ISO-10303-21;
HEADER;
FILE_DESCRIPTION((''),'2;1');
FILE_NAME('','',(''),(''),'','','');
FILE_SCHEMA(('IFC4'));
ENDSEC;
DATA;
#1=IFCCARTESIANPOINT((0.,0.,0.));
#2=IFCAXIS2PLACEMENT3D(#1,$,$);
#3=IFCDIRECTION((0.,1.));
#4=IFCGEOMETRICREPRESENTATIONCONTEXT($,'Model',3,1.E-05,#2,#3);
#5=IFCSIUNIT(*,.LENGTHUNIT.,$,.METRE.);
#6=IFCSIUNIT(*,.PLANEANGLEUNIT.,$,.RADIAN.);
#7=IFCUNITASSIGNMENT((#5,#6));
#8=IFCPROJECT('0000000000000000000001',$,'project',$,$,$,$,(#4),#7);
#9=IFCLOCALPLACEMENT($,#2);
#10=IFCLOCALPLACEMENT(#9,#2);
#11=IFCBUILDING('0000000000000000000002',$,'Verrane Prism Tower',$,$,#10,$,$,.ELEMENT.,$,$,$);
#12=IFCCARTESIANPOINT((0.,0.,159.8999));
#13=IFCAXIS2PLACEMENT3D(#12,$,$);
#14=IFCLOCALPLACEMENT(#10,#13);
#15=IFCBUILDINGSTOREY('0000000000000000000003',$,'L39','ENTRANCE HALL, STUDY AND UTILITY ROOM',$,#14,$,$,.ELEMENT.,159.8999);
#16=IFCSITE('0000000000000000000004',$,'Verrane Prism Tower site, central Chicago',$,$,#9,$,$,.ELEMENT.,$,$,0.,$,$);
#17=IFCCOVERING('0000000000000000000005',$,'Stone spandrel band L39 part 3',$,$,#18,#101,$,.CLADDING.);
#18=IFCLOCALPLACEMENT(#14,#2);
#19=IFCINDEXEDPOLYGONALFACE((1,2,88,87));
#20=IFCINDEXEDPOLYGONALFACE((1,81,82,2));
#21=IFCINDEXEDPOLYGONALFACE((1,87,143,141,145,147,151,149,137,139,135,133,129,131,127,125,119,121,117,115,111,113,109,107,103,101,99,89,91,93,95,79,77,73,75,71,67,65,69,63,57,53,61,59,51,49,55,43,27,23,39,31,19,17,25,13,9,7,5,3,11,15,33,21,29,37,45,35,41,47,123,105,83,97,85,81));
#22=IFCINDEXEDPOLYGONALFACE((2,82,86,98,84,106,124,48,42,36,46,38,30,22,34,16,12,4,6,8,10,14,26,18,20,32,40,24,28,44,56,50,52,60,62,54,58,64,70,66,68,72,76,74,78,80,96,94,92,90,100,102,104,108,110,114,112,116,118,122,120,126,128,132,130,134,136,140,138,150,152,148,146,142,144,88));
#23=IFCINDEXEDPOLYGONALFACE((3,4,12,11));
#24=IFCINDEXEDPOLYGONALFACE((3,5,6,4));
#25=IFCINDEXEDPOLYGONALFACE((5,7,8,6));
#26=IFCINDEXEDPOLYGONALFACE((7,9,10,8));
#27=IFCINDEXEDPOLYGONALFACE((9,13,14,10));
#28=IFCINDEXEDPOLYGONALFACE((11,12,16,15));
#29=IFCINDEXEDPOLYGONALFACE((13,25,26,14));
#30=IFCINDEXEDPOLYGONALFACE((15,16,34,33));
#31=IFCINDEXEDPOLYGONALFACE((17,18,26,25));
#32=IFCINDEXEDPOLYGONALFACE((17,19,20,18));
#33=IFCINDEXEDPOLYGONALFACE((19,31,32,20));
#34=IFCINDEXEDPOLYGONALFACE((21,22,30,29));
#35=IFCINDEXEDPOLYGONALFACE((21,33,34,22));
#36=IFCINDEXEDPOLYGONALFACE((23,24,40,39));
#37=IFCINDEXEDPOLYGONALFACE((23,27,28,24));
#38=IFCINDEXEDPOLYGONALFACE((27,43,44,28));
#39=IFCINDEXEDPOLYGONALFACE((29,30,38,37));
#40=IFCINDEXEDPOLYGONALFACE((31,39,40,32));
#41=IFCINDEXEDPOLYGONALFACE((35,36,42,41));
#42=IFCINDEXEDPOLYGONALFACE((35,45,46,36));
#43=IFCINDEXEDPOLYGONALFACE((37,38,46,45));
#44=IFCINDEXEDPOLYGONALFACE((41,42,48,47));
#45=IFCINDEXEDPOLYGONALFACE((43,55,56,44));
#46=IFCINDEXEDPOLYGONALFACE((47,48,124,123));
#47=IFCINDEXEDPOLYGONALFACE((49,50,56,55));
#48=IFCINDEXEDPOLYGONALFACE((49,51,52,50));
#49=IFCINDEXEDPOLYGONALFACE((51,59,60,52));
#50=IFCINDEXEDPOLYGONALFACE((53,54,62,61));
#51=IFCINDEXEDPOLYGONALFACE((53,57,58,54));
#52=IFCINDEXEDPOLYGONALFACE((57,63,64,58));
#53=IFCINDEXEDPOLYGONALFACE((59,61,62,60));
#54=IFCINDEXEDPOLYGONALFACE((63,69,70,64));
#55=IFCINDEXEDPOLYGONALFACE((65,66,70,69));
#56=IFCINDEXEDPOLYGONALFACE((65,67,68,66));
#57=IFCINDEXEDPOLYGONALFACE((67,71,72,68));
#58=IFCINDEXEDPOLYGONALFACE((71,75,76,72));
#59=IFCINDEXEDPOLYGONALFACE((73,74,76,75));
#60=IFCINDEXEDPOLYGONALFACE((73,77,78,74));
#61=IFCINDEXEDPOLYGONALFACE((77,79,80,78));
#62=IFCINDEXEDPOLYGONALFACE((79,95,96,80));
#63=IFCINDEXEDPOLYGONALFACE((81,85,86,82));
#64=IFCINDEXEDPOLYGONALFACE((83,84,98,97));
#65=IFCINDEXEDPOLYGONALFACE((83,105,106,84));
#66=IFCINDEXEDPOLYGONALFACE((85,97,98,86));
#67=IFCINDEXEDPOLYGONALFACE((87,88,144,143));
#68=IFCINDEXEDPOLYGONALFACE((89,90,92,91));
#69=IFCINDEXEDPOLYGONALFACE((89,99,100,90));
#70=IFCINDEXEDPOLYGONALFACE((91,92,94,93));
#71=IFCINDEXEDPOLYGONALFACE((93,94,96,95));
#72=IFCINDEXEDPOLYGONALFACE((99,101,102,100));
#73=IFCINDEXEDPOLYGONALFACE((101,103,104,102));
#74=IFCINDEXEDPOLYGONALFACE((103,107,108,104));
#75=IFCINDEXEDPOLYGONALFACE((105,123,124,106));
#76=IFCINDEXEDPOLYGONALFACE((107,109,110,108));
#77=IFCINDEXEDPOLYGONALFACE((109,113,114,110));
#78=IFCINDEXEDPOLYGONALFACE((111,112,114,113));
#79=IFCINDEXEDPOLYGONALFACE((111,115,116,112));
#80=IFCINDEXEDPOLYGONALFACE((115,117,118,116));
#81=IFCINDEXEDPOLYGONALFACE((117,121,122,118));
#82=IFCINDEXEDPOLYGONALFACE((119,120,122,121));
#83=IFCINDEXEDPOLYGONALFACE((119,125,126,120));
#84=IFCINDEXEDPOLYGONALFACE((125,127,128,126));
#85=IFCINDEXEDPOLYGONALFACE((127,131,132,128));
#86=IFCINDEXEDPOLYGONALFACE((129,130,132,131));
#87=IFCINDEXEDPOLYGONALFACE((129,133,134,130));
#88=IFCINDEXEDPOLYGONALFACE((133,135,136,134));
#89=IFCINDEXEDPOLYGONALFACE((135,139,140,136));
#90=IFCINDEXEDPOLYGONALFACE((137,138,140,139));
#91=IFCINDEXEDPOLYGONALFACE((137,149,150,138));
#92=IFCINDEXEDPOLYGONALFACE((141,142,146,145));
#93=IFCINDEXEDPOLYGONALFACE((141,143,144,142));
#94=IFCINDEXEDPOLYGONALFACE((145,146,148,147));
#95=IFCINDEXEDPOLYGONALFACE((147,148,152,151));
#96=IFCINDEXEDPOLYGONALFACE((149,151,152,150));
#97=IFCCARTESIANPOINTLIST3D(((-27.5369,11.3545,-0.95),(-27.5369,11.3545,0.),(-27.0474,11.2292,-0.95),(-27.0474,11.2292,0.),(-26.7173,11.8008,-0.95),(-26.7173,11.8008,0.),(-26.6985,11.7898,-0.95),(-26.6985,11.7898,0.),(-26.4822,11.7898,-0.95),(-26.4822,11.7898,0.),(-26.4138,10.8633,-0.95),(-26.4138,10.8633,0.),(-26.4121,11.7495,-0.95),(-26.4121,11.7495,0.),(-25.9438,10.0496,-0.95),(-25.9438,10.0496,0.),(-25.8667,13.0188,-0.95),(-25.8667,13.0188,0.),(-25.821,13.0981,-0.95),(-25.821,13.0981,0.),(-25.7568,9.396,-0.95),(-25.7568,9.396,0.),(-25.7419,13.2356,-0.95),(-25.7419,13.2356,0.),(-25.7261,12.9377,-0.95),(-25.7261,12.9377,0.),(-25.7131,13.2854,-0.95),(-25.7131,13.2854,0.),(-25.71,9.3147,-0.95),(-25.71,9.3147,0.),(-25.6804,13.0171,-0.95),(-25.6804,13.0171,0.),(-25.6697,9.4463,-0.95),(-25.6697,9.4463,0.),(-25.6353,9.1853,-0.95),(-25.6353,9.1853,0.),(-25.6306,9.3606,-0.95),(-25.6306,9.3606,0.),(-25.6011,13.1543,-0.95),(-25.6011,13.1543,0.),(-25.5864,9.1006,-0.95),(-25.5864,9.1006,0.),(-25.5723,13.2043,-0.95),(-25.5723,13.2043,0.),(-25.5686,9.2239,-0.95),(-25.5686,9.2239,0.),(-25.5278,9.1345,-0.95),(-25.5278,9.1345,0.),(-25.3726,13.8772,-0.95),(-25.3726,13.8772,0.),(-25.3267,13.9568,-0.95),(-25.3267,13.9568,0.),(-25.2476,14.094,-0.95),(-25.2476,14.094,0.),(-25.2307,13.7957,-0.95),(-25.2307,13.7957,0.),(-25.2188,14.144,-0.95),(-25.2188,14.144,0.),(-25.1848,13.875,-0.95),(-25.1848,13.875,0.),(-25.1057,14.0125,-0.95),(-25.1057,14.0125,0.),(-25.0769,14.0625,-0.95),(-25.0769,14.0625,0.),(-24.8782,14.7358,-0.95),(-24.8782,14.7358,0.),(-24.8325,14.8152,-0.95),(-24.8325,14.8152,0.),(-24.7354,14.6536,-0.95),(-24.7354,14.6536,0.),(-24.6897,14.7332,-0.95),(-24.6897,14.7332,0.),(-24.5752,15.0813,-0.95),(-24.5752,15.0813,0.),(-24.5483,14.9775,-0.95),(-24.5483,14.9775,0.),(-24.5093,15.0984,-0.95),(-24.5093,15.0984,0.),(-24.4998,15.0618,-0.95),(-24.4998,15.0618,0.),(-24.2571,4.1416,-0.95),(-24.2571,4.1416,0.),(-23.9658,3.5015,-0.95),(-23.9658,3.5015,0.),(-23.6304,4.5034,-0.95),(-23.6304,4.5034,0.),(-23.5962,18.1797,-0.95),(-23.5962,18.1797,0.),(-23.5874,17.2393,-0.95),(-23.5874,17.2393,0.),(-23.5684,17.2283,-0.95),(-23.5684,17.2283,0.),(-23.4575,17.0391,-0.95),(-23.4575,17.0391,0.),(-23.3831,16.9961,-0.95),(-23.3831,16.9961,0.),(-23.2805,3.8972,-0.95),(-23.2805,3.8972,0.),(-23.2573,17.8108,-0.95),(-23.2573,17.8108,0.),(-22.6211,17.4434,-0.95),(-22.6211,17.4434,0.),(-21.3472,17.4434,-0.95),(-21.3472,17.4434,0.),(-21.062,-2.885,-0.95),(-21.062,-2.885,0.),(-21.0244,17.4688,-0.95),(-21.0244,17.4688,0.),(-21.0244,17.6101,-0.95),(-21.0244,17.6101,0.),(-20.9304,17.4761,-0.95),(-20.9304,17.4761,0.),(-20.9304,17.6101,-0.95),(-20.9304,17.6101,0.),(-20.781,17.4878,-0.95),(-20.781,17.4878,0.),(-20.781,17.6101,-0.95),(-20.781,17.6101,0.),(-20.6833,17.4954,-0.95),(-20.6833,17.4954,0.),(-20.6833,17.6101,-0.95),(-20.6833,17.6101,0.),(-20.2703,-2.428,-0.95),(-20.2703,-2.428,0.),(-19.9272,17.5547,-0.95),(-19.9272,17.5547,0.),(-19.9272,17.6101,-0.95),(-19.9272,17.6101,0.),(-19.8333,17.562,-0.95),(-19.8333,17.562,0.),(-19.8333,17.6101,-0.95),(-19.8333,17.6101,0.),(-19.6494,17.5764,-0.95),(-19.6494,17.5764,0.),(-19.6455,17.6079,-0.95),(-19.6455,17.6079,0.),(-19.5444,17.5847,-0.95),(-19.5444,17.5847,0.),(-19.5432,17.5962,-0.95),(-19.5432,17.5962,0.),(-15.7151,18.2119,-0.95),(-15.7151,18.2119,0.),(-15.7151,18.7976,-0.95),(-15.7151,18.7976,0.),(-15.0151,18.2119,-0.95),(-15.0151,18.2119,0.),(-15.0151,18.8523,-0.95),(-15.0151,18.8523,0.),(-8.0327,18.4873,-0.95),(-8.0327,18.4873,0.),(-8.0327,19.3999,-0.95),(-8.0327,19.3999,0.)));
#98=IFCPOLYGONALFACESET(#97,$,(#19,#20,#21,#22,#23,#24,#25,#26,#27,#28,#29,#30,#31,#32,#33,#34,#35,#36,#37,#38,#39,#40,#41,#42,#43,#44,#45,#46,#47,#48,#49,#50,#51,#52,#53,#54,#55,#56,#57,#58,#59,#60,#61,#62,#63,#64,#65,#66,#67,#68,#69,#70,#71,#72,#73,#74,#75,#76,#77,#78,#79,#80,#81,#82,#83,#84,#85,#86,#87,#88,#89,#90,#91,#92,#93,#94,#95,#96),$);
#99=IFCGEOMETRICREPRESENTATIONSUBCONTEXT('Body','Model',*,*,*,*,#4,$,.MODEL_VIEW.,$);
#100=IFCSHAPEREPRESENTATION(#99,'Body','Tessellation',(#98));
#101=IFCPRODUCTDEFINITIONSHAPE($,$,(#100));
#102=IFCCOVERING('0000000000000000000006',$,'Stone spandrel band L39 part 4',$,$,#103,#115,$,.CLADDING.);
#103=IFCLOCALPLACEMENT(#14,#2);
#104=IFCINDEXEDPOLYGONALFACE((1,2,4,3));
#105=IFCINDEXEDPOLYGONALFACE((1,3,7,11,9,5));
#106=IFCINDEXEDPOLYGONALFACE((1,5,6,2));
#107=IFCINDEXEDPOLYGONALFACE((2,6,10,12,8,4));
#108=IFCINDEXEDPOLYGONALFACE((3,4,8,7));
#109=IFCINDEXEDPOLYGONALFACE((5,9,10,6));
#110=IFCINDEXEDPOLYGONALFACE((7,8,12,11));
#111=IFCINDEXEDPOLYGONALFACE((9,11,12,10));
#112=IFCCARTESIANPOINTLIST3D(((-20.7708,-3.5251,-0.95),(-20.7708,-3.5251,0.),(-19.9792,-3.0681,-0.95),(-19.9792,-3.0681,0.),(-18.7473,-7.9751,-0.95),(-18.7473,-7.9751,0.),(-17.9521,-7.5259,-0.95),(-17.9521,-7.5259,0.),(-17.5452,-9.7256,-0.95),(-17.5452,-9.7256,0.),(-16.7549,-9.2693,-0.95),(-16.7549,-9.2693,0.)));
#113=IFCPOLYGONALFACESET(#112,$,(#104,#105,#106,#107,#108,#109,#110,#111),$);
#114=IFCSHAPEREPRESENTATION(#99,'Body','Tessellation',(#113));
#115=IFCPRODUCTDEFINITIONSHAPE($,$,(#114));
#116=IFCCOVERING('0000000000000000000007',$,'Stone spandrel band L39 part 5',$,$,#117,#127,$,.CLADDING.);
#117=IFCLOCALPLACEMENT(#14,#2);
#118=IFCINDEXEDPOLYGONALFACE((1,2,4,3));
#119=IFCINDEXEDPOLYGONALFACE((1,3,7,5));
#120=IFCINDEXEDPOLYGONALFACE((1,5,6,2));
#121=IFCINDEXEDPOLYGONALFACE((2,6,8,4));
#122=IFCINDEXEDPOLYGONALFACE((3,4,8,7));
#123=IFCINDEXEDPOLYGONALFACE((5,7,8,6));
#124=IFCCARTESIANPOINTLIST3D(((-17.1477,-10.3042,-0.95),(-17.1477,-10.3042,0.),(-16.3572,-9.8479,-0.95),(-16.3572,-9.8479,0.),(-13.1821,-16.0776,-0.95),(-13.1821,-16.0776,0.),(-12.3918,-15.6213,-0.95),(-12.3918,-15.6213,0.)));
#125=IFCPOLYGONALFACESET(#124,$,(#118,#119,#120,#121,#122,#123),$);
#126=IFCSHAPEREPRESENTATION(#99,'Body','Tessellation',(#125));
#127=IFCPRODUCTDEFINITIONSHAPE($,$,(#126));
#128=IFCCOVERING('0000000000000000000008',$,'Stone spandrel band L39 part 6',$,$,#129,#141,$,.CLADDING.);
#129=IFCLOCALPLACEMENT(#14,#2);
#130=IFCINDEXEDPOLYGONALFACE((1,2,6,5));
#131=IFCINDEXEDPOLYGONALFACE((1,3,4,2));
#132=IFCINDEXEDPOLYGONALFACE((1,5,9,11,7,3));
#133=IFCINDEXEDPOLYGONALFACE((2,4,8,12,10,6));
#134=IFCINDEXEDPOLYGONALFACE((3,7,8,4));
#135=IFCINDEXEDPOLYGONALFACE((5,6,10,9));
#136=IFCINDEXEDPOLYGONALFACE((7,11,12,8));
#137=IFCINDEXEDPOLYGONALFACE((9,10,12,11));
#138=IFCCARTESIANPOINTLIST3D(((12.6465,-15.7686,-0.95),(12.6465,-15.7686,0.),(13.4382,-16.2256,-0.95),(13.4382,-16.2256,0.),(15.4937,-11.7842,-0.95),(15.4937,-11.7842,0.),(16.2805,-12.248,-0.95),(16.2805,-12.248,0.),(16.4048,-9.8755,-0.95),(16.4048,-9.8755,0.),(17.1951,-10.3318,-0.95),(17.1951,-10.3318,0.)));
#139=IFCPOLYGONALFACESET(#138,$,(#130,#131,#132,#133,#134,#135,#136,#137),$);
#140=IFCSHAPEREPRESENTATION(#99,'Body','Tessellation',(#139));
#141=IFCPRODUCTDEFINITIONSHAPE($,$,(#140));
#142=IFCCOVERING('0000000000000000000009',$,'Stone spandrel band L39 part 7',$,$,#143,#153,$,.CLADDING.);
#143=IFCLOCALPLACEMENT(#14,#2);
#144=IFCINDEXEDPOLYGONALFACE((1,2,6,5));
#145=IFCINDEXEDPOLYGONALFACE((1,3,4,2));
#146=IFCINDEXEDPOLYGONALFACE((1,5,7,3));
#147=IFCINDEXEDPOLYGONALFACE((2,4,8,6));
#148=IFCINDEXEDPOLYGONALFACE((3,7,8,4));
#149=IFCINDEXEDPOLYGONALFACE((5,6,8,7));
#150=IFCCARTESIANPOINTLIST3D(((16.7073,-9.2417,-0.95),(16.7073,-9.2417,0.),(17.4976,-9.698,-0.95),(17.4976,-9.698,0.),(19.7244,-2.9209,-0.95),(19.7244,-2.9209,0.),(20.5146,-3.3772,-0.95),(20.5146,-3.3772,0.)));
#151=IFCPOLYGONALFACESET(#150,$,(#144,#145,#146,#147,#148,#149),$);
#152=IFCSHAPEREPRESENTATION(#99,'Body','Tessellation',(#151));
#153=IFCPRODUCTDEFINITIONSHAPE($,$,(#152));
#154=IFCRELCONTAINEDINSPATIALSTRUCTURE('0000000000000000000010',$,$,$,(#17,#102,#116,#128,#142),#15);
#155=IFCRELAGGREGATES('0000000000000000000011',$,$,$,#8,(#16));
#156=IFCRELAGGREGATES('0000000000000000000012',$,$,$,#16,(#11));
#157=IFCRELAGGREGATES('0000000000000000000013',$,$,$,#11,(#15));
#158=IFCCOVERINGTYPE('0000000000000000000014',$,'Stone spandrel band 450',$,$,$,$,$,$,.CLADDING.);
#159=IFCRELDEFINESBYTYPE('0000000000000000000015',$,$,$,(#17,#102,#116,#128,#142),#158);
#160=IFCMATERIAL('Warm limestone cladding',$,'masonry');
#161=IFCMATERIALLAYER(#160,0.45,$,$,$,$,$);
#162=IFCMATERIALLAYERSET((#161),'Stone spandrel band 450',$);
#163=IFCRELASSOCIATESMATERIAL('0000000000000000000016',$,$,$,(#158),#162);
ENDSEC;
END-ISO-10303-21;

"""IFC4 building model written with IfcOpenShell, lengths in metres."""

from ifc_helpers import new_model, si_unit, direction, frame, origin, place, context, subcontext, project, spatial, polyline, outline, extrude, material, layer, layer_set, type_object, element, save


model = new_model("IFC4")

# Units and contexts
model_context = context("Model", 3, precision=1e-05, world=origin(), true_north=direction((0.0, 1.0)))
body_context = subcontext(model_context, "Body", "Model", "MODEL_VIEW")
ifc_project = project(units=[si_unit("LENGTHUNIT", "METRE"), si_unit("PLANEANGLEUNIT", "RADIAN")], contexts=[model_context])

# Site, building, storey
site_placement = place(None, origin())
site = spatial("IfcSite", under=ifc_project, at=site_placement, Name="Verrane Prism Tower site, central Chicago", CompositionType="ELEMENT", RefElevation=0.0)
building_placement = place(site_placement, origin())
building = spatial("IfcBuilding", under=site, at=building_placement, Name="Verrane Prism Tower", CompositionType="ELEMENT")
storey_placement = place(building_placement, frame((0.0, 0.0, 159.8999)))
storey = spatial("IfcBuildingStorey", under=building, at=storey_placement, Name="L39", Description="ENTRANCE HALL, STUDY AND UTILITY ROOM", CompositionType="ELEMENT", Elevation=159.8999)

# Coverings
ifc_material_1 = material(Name="Warm limestone cladding", Category="masonry")
ifc_layer_1 = layer(ifc_material_1, 0.45)
ifc_layer_set_1 = layer_set([ifc_layer_1], Name="Stone spandrel band 450")
covering_type_1 = type_object("IfcCoveringType", Name="Stone spandrel band 450", PredefinedType="CLADDING", material=ifc_layer_set_1)
covering_1_placement = place(storey_placement, frame((0.0, 0.0, -0.95)))
element("IfcCovering", 1, at=covering_1_placement, inside=storey, type_object=covering_type_1, Name="Stone spandrel band L39 part 3", PredefinedType="CLADDING", context=body_context, shape_type="SweptSolid", body=[
    extrude(outline(polyline([(-21.062, -2.885), (-20.2703, -2.428), (-25.5278, 9.1345), (-25.5864, 9.1006), (-25.6353, 9.1853), (-25.5686, 9.2239), (-25.6306, 9.3606), (-25.71, 9.3147), (-25.7568, 9.396), (-25.6697, 9.4463), (-25.9438, 10.0496), (-26.4138, 10.8633), (-27.0474, 11.2292), (-26.7173, 11.8008), (-26.6985, 11.7898), (-26.4822, 11.7898), (-26.4121, 11.7495), (-25.7261, 12.9377), (-25.8667, 13.0188), (-25.821, 13.0981), (-25.6804, 13.0171), (-25.6011, 13.1543), (-25.7419, 13.2356), (-25.7131, 13.2854), (-25.5723, 13.2043), (-25.2307, 13.7957), (-25.3726, 13.8772), (-25.3267, 13.9568), (-25.1848, 13.875), (-25.1057, 14.0125), (-25.2476, 14.094), (-25.2188, 14.144), (-25.0769, 14.0625), (-24.7354, 14.6536), (-24.8782, 14.7358), (-24.8325, 14.8152), (-24.6897, 14.7332), (-24.5483, 14.9775), (-24.5752, 15.0813), (-24.5093, 15.0984), (-24.4998, 15.0618), (-23.3831, 16.9961), (-23.4575, 17.0391), (-23.5684, 17.2283), (-23.5874, 17.2393), (-23.2573, 17.8108), (-22.6211, 17.4434), (-21.3472, 17.4434), (-21.0244, 17.4688), (-21.0244, 17.6101), (-20.9304, 17.6101), (-20.9304, 17.4761), (-20.781, 17.4878), (-20.781, 17.6101), (-20.6833, 17.6101), (-20.6833, 17.4954), (-19.9272, 17.5547), (-19.9272, 17.6101), (-19.8333, 17.6101), (-19.8333, 17.562), (-19.6494, 17.5764), (-19.6455, 17.6079), (-19.5432, 17.5962), (-19.5444, 17.5847), (-8.0327, 18.4873), (-8.0327, 19.3999), (-15.0151, 18.8523), (-15.0151, 18.2119), (-15.7151, 18.2119), (-15.7151, 18.7976), (-23.5962, 18.1797), (-27.5369, 11.3545), (-24.2571, 4.1416), (-23.6304, 4.5034), (-23.2805, 3.8972), (-23.9658, 3.5015), (-21.062, -2.885)])), origin(), (0.0, 0.0, 1.0), 0.95),
])
covering_2_placement = place(storey_placement, frame((0.0, 0.0, -0.95)))
element("IfcCovering", 2, at=covering_2_placement, inside=storey, type_object=covering_type_1, Name="Stone spandrel band L39 part 4", PredefinedType="CLADDING", context=body_context, shape_type="SweptSolid", body=[
    extrude(outline(polyline([(-17.5452, -9.7256), (-16.7549, -9.2693), (-17.9521, -7.5259), (-19.9792, -3.0681), (-20.7708, -3.5251), (-18.7473, -7.9751), (-17.5452, -9.7256)])), origin(), (0.0, 0.0, 1.0), 0.95),
])
covering_3_placement = place(storey_placement, frame((0.0, 0.0, -0.95)))
element("IfcCovering", 3, at=covering_3_placement, inside=storey, type_object=covering_type_1, Name="Stone spandrel band L39 part 5", PredefinedType="CLADDING", context=body_context, shape_type="SweptSolid", body=[
    extrude(outline(polyline([(-12.3918, -15.6213), (-16.3572, -9.8479), (-17.1477, -10.3042), (-13.1821, -16.0776), (-12.3918, -15.6213)])), origin(), (0.0, 0.0, 1.0), 0.95),
])
covering_4_placement = place(storey_placement, frame((0.0, 0.0, -0.95)))
element("IfcCovering", 4, at=covering_4_placement, inside=storey, type_object=covering_type_1, Name="Stone spandrel band L39 part 6", PredefinedType="CLADDING", context=body_context, shape_type="SweptSolid", body=[
    extrude(outline(polyline([(16.4048, -9.8755), (15.4937, -11.7842), (12.6465, -15.7686), (13.4382, -16.2256), (16.2805, -12.248), (17.1951, -10.3318), (16.4048, -9.8755)])), origin(), (0.0, 0.0, 1.0), 0.95),
])
covering_5_placement = place(storey_placement, frame((0.0, 0.0, -0.95)))
element("IfcCovering", 5, at=covering_5_placement, inside=storey, type_object=covering_type_1, Name="Stone spandrel band L39 part 7", PredefinedType="CLADDING", context=body_context, shape_type="SweptSolid", body=[
    extrude(outline(polyline([(20.5146, -3.3772), (19.7244, -2.9209), (16.7073, -9.2417), (17.4976, -9.698), (20.5146, -3.3772)])), origin(), (0.0, 0.0, 1.0), 0.95),
])

save(model, "model.ifc")
